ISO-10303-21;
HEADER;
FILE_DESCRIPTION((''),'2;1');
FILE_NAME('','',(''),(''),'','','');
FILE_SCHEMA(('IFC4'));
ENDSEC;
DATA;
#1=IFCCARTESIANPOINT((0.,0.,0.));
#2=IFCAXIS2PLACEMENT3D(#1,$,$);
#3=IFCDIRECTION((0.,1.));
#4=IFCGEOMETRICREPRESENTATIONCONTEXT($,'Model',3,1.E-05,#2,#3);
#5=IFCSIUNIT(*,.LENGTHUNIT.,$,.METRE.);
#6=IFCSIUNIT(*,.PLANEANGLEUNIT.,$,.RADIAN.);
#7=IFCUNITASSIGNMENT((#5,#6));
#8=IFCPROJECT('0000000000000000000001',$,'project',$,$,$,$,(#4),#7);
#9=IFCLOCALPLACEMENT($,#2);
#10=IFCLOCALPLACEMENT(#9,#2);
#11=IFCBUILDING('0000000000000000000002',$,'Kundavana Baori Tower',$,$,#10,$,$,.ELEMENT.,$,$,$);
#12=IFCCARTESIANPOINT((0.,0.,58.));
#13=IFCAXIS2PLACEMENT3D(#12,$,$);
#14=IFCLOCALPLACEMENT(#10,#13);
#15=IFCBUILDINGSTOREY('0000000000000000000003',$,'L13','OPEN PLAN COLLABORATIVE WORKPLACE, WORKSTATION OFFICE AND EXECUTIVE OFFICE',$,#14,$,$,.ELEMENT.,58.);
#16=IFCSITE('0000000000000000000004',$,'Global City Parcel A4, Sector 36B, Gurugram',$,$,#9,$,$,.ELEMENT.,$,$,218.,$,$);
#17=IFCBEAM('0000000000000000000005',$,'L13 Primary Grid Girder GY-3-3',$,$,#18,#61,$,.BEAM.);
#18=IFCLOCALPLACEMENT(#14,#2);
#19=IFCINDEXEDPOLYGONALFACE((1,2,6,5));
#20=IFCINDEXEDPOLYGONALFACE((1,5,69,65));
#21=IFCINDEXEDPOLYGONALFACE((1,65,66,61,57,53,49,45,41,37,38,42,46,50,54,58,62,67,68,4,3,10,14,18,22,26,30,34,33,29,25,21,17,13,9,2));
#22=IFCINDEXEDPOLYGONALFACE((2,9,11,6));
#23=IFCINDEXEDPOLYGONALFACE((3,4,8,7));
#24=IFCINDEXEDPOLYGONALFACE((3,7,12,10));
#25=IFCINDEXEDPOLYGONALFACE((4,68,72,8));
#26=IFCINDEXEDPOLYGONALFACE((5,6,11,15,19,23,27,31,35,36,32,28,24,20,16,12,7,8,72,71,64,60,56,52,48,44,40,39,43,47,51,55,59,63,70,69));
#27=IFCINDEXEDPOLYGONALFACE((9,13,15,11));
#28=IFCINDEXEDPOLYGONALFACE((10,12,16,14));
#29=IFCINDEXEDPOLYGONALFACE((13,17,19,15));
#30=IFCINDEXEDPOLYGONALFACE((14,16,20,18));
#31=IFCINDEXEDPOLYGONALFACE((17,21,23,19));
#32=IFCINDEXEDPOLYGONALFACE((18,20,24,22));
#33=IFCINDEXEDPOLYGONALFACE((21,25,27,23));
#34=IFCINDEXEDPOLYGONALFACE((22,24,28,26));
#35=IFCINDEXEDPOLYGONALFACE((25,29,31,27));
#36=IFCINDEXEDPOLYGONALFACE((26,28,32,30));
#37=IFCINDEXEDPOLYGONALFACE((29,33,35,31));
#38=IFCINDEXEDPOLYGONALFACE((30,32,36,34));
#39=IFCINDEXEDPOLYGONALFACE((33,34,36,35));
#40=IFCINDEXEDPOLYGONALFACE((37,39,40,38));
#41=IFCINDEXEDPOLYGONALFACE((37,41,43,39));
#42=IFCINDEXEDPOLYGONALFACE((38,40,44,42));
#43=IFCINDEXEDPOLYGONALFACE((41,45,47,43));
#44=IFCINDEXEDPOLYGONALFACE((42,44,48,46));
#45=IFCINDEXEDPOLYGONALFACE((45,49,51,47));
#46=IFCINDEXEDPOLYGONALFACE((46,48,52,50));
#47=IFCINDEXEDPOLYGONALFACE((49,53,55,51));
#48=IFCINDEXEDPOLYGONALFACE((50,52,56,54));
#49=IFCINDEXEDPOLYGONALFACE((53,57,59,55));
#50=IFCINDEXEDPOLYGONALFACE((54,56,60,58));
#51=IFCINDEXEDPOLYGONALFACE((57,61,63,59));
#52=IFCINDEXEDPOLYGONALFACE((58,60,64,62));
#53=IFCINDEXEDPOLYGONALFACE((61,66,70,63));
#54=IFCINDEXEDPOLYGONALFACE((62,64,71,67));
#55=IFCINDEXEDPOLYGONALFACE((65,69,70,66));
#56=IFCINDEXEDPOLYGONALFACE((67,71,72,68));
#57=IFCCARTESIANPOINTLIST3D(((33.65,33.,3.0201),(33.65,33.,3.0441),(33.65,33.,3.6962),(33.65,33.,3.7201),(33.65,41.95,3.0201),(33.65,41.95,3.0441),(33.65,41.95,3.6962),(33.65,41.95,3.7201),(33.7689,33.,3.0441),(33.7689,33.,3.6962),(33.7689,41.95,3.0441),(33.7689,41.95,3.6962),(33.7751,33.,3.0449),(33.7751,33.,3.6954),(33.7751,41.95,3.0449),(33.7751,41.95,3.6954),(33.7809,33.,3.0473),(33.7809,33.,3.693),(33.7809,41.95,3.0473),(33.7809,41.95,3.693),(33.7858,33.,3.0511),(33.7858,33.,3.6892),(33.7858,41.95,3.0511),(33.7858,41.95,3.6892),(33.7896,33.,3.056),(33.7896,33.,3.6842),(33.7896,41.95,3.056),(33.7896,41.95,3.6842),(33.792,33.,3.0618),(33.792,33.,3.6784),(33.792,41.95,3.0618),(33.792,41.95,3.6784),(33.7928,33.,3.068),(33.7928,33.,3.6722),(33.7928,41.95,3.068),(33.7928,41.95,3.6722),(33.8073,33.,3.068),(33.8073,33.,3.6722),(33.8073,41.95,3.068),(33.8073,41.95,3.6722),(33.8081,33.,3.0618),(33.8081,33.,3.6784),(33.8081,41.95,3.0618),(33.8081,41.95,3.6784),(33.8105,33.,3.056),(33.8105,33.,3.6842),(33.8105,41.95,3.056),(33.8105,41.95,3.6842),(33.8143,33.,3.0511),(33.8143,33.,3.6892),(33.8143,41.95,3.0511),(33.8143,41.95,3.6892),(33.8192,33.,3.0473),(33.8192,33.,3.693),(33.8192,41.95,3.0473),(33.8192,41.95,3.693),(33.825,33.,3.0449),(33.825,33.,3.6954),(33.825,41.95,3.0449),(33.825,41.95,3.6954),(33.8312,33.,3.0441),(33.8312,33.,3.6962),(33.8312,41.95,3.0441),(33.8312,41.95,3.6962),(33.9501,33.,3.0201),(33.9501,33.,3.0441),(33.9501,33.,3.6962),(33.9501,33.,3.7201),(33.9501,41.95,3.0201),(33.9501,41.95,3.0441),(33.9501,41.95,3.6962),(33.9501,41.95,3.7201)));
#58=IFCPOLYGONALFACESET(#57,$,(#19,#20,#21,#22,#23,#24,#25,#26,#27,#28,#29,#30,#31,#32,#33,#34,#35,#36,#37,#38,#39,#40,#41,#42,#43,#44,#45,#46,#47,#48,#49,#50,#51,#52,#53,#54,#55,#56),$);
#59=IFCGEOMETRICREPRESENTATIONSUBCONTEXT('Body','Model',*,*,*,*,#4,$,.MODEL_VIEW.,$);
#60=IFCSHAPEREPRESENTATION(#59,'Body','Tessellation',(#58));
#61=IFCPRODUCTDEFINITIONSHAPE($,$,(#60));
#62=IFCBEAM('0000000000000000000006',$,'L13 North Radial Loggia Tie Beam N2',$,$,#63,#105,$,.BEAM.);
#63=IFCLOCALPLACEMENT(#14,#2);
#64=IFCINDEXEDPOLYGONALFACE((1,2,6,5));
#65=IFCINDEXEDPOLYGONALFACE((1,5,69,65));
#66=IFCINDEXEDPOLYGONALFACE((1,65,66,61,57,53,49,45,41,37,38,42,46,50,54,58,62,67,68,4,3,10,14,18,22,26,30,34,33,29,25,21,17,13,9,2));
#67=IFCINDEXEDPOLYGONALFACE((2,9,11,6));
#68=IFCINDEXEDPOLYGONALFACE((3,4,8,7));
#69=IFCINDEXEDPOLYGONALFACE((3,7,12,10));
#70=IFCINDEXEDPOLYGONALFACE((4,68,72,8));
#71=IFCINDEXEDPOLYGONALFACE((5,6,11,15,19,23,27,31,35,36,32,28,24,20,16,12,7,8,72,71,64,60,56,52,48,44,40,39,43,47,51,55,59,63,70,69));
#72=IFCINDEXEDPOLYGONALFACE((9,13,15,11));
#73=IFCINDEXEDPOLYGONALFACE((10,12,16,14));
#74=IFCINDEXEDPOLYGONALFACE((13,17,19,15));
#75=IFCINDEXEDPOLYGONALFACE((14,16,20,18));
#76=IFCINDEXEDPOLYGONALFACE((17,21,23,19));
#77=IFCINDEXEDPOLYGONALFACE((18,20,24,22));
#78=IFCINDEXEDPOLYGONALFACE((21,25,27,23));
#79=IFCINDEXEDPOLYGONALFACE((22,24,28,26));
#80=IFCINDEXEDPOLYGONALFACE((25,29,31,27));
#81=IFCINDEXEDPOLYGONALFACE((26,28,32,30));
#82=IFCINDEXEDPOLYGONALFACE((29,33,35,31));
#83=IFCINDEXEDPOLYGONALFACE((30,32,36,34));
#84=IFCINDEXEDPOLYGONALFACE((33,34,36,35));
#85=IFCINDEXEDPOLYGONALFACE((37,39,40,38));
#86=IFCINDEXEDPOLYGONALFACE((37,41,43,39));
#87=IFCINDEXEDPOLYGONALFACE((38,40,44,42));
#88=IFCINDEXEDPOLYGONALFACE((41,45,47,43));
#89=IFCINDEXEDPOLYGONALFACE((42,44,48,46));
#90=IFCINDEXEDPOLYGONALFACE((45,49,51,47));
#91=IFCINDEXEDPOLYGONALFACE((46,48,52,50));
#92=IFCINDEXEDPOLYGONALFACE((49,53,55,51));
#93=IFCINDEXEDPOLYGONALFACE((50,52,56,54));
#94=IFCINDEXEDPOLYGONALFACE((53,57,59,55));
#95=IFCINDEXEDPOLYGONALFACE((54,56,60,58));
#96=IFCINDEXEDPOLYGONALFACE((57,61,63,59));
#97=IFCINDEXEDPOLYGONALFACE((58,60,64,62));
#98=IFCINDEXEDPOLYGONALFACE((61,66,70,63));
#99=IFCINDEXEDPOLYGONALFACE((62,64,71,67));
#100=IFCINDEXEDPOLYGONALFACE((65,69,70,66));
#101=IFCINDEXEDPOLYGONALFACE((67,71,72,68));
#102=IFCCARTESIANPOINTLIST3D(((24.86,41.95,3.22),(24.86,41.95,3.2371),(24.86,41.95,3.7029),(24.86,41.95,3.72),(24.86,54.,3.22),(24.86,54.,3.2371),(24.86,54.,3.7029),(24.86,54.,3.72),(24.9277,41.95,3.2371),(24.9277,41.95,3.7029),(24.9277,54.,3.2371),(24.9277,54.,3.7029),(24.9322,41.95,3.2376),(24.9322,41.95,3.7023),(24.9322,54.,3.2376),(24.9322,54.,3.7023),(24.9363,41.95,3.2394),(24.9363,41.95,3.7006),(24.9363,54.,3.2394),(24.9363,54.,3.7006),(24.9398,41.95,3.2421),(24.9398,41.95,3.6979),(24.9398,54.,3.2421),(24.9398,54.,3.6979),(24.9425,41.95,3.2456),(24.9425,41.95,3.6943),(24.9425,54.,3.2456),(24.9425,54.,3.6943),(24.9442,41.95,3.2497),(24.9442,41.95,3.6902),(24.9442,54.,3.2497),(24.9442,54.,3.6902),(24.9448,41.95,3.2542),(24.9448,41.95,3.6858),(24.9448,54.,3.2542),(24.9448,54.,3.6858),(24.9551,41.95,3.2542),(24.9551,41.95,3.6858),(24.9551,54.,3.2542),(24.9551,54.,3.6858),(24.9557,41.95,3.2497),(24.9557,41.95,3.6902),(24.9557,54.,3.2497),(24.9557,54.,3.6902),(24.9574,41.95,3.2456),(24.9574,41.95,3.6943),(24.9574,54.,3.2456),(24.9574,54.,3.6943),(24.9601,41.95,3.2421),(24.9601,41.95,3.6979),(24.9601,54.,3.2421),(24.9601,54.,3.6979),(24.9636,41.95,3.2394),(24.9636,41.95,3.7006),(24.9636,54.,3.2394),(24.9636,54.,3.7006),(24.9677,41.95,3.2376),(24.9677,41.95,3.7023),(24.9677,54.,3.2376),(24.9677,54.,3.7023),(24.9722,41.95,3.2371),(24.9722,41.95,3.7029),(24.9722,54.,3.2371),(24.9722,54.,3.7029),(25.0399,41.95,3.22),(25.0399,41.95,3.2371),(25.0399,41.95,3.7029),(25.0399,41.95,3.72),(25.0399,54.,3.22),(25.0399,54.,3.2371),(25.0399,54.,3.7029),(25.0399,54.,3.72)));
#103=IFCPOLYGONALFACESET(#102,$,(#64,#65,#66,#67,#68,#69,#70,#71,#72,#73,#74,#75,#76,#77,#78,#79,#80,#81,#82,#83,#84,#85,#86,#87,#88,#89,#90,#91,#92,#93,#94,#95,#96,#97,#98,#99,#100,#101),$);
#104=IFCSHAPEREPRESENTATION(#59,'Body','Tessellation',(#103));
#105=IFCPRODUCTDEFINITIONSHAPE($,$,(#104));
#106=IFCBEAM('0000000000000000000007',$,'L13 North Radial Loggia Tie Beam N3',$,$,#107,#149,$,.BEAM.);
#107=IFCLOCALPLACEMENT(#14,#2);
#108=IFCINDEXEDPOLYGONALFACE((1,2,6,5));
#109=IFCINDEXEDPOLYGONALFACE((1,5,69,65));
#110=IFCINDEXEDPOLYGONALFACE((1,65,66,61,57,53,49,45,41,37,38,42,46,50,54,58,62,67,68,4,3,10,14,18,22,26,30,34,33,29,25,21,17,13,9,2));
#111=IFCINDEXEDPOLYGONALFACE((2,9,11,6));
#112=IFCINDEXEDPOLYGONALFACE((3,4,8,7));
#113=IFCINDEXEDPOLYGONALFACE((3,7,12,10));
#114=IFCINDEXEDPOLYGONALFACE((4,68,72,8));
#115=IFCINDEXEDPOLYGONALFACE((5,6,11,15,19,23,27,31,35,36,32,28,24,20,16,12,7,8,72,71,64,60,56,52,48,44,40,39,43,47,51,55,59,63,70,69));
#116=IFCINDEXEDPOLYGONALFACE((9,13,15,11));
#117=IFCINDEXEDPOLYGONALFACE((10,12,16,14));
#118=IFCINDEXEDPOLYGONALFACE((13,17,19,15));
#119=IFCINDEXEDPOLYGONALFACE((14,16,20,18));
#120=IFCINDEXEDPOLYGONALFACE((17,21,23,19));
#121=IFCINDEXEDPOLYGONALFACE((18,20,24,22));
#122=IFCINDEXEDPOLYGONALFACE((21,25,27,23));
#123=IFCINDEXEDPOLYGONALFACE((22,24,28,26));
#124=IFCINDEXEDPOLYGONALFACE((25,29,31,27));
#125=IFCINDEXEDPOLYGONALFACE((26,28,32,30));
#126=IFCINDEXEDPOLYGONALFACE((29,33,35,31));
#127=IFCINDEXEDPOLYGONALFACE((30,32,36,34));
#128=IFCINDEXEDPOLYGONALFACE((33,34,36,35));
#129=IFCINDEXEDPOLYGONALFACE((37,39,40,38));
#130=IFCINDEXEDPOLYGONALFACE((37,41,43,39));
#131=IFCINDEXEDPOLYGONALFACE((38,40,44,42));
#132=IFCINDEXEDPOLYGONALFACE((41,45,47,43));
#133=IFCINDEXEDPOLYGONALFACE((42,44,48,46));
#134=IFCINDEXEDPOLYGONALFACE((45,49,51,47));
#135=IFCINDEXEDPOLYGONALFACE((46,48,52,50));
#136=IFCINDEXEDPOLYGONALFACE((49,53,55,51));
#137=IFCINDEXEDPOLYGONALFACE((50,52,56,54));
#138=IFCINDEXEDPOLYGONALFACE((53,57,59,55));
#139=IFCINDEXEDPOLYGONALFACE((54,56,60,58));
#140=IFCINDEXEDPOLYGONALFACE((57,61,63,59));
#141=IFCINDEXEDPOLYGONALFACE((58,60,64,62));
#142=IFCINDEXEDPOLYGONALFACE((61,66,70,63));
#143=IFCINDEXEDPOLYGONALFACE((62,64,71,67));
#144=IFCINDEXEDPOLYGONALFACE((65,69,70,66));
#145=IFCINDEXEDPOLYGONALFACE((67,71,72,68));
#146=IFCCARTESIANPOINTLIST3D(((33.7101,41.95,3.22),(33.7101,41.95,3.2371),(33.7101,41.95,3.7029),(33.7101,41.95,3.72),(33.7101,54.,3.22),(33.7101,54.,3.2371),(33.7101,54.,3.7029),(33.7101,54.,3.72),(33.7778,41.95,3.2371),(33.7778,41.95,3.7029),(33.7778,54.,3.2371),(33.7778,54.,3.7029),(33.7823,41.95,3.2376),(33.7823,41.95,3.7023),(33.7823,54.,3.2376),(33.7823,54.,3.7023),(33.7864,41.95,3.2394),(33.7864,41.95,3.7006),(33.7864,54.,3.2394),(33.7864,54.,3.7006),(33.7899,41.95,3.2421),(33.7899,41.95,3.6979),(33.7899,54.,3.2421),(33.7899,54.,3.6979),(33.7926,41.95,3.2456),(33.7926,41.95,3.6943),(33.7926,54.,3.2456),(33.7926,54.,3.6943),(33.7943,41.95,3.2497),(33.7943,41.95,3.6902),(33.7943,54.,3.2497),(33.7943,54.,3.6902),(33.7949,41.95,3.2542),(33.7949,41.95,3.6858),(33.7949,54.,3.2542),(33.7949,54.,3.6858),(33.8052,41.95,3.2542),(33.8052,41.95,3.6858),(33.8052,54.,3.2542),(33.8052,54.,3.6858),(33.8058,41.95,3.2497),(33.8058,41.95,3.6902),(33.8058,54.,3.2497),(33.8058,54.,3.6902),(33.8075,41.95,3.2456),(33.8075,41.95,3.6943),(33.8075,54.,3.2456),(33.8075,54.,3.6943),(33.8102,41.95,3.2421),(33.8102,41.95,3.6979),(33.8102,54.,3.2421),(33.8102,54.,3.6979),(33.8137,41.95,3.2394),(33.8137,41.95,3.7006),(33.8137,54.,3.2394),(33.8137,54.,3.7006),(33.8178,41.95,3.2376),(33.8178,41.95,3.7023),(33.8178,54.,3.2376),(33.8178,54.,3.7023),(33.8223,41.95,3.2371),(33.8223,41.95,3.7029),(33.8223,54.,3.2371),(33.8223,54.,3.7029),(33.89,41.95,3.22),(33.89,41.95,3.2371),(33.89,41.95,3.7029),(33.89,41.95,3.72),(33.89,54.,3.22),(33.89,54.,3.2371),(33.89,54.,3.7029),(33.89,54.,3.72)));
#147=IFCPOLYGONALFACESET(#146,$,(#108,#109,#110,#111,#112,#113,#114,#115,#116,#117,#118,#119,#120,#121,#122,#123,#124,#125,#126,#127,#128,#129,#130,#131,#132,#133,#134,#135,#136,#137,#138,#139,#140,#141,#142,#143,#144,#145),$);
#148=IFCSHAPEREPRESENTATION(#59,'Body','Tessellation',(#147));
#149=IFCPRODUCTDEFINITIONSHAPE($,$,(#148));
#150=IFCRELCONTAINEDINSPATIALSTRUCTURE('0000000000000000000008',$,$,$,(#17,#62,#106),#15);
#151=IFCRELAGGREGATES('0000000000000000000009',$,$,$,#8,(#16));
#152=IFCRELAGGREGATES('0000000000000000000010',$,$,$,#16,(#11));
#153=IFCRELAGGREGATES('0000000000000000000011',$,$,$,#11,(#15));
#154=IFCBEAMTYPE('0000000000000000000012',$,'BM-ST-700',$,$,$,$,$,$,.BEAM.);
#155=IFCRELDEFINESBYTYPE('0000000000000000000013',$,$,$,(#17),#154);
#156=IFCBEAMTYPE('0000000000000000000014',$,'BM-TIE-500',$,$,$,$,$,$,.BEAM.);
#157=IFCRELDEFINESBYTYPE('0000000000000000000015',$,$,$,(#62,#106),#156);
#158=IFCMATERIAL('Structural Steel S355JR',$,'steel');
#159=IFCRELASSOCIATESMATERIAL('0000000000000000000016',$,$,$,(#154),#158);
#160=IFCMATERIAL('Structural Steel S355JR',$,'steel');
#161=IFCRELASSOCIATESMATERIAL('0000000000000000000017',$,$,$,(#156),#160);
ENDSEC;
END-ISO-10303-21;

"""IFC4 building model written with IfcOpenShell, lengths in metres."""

from ifc_helpers import new_model, si_unit, direction, frame, origin, origin_2d, place, context, subcontext, project, spatial, i_section, extrude, material, material_profile, profile_set, type_object, element, save


model = new_model("IFC4")

# Units and contexts
model_context = context("Model", 3, precision=1e-05, world=origin(), true_north=direction((0.0, 1.0)))
body_context = subcontext(model_context, "Body", "Model", "MODEL_VIEW")
ifc_project = project(units=[si_unit("LENGTHUNIT", "METRE"), si_unit("PLANEANGLEUNIT", "RADIAN")], contexts=[model_context])

# Site, building, storey
site_placement = place(None, origin())
site = spatial("IfcSite", under=ifc_project, at=site_placement, Name="Global City Parcel A4, Sector 36B, Gurugram", CompositionType="ELEMENT", RefElevation=218.0)
building_placement = place(site_placement, origin())
building = spatial("IfcBuilding", under=site, at=building_placement, Name="Kundavana Baori Tower", CompositionType="ELEMENT")
storey_placement = place(building_placement, frame((0.0, 0.0, 58.0)))
storey = spatial("IfcBuildingStorey", under=building, at=storey_placement, Name="L13", Description="OPEN PLAN COLLABORATIVE WORKPLACE, WORKSTATION OFFICE AND EXECUTIVE OFFICE", CompositionType="ELEMENT", Elevation=58.0)

# Beams
ifc_material_1 = material(Name="Structural Steel S355JR", Category="steel")
ifc_material_profile_1 = material_profile(ifc_material_1, i_section(OverallWidth=0.3, OverallDepth=0.7, WebThickness=0.0144, FlangeThickness=0.0239, FilletRadius=0.0239, at=origin_2d()), Name="NPB 700x300x170")
ifc_profile_set_1 = profile_set([ifc_material_profile_1], Name="Structural Steel S355JR")
beam_type_1 = type_object("IfcBeamType", Name="BM-ST-700", PredefinedType="BEAM", material=ifc_profile_set_1)
beam_1_placement = place(storey_placement, frame((33.8, 33.0, 3.3701), z_axis=(0.0, 1.0, 0.0), x_axis=(-1.0, 0.0, 0.0)))
element("IfcBeam", 1, at=beam_1_placement, inside=storey, type_object=beam_type_1, Name="L13 Primary Grid Girder GY-3-3", PredefinedType="BEAM", context=body_context, shape_type="SweptSolid", body=[
    extrude(i_section(OverallWidth=0.3, OverallDepth=0.7, WebThickness=0.0144, FlangeThickness=0.0239, FilletRadius=0.0239, at=origin_2d()), origin(), (0.0, 0.0, 1.0), 8.95),
])
ifc_material_2 = material(Name="Structural Steel S355JR", Category="steel")
ifc_material_profile_2 = material_profile(ifc_material_2, i_section(OverallWidth=0.1799, OverallDepth=0.5, WebThickness=0.0103, FlangeThickness=0.0171, FilletRadius=0.0171, at=origin_2d()), Name="ISMB 500")
ifc_profile_set_2 = profile_set([ifc_material_profile_2], Name="Structural Steel S355JR")
beam_type_2 = type_object("IfcBeamType", Name="BM-TIE-500", PredefinedType="BEAM", material=ifc_profile_set_2)
for number, where, z_axis, x_axis, name in (
    (2, (24.95, 41.95, 3.47), (0.0, 1.0, 0.0), (-1.0, 0.0, 0.0), "L13 North Radial Loggia Tie Beam N2"),
    (3, (33.8, 41.95, 3.47), (0.0, 1.0, 0.0), (-1.0, 0.0, 0.0), "L13 North Radial Loggia Tie Beam N3"),
):
    element("IfcBeam", number, at=place(storey_placement, frame(where, z_axis=z_axis, x_axis=x_axis)), inside=storey, type_object=beam_type_2, Name=name, PredefinedType="BEAM", context=body_context, shape_type="SweptSolid", body=[
        extrude(i_section(OverallWidth=0.1799, OverallDepth=0.5, WebThickness=0.0103, FlangeThickness=0.0171, FilletRadius=0.0171, at=origin_2d()), origin(), (0.0, 0.0, 1.0), 12.05),
    ])

save(model, "model.ifc")
